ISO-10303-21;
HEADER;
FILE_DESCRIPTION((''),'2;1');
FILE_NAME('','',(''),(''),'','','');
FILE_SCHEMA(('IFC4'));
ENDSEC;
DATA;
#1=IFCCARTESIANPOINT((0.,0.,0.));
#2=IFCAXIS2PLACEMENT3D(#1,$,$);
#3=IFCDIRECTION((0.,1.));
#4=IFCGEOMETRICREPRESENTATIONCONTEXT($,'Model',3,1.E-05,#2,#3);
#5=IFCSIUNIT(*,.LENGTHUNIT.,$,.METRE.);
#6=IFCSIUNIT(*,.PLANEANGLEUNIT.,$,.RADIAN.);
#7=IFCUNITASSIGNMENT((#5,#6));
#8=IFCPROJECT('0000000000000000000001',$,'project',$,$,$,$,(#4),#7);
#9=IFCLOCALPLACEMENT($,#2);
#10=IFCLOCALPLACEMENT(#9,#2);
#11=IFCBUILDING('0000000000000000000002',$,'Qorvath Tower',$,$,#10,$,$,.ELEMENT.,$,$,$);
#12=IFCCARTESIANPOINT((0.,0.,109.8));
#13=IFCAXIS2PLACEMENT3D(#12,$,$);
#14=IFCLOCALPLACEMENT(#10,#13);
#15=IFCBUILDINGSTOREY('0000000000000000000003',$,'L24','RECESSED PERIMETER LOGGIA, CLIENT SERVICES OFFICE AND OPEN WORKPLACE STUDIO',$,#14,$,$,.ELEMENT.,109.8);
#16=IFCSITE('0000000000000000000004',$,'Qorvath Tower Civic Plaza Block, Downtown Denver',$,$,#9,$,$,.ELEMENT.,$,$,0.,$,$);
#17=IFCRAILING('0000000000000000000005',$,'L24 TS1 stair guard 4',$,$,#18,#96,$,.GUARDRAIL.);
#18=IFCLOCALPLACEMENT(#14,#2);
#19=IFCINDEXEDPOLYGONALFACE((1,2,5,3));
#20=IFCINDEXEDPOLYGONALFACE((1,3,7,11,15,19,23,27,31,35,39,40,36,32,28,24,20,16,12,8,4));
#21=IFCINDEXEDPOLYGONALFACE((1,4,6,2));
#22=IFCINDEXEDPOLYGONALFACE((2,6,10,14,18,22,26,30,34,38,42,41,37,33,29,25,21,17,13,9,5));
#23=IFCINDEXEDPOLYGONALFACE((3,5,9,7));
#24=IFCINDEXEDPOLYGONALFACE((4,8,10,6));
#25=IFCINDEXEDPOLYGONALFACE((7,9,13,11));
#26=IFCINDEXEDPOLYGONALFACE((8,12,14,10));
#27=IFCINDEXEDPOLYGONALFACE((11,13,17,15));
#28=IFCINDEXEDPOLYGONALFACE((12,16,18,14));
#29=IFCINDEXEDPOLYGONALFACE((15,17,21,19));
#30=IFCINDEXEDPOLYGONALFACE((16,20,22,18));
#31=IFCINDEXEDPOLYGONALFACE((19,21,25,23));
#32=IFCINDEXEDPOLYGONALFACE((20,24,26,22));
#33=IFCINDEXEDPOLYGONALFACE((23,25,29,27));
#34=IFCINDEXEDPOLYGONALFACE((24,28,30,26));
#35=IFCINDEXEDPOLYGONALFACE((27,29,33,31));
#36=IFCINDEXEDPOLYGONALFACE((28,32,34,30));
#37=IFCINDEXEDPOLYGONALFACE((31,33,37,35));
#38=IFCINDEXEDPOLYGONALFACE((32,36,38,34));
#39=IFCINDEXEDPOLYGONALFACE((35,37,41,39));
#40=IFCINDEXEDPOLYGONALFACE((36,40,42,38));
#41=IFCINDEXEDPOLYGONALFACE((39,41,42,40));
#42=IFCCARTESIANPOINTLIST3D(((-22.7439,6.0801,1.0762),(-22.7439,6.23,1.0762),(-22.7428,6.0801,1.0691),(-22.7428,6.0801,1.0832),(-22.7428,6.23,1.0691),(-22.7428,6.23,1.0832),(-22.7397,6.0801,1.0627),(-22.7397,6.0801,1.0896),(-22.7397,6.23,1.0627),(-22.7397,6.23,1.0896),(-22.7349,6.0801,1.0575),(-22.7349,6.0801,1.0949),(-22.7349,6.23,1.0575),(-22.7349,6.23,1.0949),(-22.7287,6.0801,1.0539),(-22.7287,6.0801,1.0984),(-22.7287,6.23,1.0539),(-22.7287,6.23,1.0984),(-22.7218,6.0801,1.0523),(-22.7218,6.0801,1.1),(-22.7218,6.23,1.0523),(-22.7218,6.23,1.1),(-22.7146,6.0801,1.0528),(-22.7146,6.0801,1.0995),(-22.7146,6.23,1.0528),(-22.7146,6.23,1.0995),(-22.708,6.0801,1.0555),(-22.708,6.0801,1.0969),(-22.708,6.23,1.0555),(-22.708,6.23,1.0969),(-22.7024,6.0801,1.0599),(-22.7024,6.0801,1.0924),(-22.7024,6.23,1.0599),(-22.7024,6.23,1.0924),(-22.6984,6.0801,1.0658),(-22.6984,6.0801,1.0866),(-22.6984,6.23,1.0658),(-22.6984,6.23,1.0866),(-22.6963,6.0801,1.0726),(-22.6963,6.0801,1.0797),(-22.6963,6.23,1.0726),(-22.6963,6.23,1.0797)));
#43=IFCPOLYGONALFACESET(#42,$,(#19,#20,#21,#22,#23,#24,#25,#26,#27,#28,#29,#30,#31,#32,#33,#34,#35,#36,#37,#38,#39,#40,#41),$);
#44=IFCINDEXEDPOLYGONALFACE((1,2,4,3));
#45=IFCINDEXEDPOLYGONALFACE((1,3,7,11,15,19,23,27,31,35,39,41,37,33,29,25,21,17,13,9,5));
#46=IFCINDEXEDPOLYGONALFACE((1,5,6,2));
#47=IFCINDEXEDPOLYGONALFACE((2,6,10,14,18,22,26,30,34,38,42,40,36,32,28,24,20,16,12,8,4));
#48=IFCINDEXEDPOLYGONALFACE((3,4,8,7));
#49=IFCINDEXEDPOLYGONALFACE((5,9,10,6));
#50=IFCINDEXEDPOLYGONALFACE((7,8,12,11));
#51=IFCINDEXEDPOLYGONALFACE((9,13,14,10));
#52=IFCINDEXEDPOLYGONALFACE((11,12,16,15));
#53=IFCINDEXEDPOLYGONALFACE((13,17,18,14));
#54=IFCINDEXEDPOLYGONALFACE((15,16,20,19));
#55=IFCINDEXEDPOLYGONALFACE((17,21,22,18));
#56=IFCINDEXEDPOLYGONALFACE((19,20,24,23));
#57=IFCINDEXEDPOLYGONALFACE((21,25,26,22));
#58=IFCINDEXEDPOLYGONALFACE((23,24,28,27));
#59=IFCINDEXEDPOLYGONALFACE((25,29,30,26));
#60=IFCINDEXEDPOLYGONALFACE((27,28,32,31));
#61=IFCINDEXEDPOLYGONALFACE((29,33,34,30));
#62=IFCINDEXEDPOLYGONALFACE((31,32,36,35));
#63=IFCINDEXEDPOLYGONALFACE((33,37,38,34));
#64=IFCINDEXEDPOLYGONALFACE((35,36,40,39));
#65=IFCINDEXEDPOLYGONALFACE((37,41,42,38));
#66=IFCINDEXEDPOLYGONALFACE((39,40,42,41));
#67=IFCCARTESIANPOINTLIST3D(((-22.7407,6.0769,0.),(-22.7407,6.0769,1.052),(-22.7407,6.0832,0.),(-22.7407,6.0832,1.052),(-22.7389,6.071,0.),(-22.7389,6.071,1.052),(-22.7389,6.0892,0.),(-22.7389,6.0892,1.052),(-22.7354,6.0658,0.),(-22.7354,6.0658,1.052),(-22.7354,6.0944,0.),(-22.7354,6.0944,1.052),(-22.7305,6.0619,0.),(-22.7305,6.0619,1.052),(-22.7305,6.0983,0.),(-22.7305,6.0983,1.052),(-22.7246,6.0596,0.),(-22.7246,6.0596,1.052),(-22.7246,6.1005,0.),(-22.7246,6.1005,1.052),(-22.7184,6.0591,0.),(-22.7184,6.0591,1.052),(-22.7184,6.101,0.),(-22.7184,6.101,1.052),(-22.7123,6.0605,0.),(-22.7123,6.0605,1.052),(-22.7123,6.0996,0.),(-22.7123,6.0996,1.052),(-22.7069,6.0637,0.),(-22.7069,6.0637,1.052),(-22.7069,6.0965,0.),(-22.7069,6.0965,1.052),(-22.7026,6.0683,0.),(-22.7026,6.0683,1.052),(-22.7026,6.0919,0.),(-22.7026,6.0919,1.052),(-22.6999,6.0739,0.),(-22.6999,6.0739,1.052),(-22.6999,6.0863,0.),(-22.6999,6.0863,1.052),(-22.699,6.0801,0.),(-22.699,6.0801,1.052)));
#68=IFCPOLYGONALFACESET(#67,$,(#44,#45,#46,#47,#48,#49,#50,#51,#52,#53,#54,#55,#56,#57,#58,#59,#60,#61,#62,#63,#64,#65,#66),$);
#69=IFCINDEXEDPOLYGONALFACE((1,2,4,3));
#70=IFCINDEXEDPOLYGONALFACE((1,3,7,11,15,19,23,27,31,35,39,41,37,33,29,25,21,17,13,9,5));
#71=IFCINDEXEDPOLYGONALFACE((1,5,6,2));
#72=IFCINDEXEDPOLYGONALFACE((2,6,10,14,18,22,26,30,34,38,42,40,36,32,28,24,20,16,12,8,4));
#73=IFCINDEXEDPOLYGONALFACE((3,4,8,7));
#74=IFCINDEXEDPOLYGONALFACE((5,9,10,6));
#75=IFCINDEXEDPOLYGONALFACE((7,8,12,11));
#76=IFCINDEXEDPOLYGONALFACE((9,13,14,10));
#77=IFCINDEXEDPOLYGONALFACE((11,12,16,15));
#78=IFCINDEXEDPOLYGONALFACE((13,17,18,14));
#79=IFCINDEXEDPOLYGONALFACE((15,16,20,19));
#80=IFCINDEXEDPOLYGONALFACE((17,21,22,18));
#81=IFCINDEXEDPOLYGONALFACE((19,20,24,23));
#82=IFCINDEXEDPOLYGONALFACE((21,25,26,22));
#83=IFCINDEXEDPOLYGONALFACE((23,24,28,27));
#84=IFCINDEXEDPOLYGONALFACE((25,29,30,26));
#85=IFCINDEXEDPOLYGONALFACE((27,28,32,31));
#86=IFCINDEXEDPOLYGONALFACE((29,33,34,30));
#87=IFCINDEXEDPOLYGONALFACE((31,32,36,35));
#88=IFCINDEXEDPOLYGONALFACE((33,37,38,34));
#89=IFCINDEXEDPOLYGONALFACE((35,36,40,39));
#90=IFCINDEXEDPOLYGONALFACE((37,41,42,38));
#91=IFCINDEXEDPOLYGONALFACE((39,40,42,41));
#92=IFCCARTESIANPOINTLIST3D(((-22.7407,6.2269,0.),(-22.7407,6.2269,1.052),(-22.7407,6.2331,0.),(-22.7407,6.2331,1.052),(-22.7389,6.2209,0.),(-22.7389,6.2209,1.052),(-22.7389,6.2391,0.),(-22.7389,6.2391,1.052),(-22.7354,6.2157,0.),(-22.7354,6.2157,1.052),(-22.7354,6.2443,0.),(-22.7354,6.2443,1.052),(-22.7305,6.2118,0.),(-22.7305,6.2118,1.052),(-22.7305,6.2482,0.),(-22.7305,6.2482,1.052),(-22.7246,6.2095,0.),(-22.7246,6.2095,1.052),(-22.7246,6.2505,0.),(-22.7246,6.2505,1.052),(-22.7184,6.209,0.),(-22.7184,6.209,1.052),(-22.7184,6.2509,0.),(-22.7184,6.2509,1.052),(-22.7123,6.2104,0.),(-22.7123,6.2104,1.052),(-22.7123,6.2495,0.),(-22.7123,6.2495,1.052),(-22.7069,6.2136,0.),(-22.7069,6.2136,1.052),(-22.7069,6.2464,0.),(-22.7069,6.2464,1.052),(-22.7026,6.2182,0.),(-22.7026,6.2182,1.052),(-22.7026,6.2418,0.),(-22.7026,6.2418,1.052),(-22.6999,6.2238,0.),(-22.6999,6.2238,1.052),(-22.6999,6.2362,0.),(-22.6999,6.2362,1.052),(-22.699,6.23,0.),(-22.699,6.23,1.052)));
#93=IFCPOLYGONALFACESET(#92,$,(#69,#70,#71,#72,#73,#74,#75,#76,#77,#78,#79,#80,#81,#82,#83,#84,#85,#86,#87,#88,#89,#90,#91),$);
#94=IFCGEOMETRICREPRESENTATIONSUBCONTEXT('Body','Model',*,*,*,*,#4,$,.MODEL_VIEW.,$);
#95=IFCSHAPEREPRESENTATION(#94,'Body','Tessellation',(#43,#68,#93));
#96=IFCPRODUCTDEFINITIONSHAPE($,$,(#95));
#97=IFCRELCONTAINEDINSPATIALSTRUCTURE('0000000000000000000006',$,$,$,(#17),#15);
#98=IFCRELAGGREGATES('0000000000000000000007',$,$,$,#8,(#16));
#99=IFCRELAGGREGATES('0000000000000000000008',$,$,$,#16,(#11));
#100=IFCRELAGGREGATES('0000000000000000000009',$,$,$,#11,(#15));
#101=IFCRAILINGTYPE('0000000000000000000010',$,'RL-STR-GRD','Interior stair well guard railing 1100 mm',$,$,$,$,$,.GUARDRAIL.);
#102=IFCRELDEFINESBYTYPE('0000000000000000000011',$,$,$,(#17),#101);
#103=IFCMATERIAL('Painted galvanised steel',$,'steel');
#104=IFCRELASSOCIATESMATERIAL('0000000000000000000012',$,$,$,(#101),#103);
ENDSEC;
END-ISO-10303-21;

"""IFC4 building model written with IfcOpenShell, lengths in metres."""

from ifc_helpers import new_model, si_unit, direction, frame, origin, origin_2d, place, context, subcontext, project, spatial, circle, extrude, material, type_object, element, save


model = new_model("IFC4")

# Units and contexts
model_context = context("Model", 3, precision=1e-05, world=origin(), true_north=direction((0.0, 1.0)))
body_context = subcontext(model_context, "Body", "Model", "MODEL_VIEW")
ifc_project = project(units=[si_unit("LENGTHUNIT", "METRE"), si_unit("PLANEANGLEUNIT", "RADIAN")], contexts=[model_context])

# Site, building, storey
site_placement = place(None, origin())
site = spatial("IfcSite", under=ifc_project, at=site_placement, Name="Qorvath Tower Civic Plaza Block, Downtown Denver", CompositionType="ELEMENT", RefElevation=0.0)
building_placement = place(site_placement, origin())
building = spatial("IfcBuilding", under=site, at=building_placement, Name="Qorvath Tower", CompositionType="ELEMENT")
storey_placement = place(building_placement, frame((0.0, 0.0, 109.8)))
storey = spatial("IfcBuildingStorey", under=building, at=storey_placement, Name="L24", Description="RECESSED PERIMETER LOGGIA, CLIENT SERVICES OFFICE AND OPEN WORKPLACE STUDIO", CompositionType="ELEMENT", Elevation=109.8)

# Railing
ifc_material_1 = material(Name="Painted galvanised steel", Category="steel")
railing_type_1 = type_object("IfcRailingType", Name="RL-STR-GRD", Description="Interior stair well guard railing 1100 mm", PredefinedType="GUARDRAIL", material=ifc_material_1)
railing_1_placement = place(storey_placement, frame((-22.72, 6.0801, 0.0)))
element("IfcRailing", 1, at=railing_1_placement, inside=storey, type_object=railing_type_1, Name="L24 TS1 stair guard 4", PredefinedType="GUARDRAIL", context=body_context, shape_type="SweptSolid", body=[
    extrude(circle(Radius=0.0239, at=origin_2d()), frame((0.0, 0.0, 1.0762), z_axis=(0.0, 1.0, 0.0), x_axis=(-1.0, 0.0, 0.0)), (0.0, 0.0, 1.0), 0.1499),
    extrude(circle(Radius=0.021, at=origin_2d()), origin(), (0.0, 0.0, 1.0), 1.052),
    extrude(circle(Radius=0.021, at=origin_2d()), frame((0.0, 0.1499, 0.0)), (0.0, 0.0, 1.0), 1.052),
])

save(model, "model.ifc")
